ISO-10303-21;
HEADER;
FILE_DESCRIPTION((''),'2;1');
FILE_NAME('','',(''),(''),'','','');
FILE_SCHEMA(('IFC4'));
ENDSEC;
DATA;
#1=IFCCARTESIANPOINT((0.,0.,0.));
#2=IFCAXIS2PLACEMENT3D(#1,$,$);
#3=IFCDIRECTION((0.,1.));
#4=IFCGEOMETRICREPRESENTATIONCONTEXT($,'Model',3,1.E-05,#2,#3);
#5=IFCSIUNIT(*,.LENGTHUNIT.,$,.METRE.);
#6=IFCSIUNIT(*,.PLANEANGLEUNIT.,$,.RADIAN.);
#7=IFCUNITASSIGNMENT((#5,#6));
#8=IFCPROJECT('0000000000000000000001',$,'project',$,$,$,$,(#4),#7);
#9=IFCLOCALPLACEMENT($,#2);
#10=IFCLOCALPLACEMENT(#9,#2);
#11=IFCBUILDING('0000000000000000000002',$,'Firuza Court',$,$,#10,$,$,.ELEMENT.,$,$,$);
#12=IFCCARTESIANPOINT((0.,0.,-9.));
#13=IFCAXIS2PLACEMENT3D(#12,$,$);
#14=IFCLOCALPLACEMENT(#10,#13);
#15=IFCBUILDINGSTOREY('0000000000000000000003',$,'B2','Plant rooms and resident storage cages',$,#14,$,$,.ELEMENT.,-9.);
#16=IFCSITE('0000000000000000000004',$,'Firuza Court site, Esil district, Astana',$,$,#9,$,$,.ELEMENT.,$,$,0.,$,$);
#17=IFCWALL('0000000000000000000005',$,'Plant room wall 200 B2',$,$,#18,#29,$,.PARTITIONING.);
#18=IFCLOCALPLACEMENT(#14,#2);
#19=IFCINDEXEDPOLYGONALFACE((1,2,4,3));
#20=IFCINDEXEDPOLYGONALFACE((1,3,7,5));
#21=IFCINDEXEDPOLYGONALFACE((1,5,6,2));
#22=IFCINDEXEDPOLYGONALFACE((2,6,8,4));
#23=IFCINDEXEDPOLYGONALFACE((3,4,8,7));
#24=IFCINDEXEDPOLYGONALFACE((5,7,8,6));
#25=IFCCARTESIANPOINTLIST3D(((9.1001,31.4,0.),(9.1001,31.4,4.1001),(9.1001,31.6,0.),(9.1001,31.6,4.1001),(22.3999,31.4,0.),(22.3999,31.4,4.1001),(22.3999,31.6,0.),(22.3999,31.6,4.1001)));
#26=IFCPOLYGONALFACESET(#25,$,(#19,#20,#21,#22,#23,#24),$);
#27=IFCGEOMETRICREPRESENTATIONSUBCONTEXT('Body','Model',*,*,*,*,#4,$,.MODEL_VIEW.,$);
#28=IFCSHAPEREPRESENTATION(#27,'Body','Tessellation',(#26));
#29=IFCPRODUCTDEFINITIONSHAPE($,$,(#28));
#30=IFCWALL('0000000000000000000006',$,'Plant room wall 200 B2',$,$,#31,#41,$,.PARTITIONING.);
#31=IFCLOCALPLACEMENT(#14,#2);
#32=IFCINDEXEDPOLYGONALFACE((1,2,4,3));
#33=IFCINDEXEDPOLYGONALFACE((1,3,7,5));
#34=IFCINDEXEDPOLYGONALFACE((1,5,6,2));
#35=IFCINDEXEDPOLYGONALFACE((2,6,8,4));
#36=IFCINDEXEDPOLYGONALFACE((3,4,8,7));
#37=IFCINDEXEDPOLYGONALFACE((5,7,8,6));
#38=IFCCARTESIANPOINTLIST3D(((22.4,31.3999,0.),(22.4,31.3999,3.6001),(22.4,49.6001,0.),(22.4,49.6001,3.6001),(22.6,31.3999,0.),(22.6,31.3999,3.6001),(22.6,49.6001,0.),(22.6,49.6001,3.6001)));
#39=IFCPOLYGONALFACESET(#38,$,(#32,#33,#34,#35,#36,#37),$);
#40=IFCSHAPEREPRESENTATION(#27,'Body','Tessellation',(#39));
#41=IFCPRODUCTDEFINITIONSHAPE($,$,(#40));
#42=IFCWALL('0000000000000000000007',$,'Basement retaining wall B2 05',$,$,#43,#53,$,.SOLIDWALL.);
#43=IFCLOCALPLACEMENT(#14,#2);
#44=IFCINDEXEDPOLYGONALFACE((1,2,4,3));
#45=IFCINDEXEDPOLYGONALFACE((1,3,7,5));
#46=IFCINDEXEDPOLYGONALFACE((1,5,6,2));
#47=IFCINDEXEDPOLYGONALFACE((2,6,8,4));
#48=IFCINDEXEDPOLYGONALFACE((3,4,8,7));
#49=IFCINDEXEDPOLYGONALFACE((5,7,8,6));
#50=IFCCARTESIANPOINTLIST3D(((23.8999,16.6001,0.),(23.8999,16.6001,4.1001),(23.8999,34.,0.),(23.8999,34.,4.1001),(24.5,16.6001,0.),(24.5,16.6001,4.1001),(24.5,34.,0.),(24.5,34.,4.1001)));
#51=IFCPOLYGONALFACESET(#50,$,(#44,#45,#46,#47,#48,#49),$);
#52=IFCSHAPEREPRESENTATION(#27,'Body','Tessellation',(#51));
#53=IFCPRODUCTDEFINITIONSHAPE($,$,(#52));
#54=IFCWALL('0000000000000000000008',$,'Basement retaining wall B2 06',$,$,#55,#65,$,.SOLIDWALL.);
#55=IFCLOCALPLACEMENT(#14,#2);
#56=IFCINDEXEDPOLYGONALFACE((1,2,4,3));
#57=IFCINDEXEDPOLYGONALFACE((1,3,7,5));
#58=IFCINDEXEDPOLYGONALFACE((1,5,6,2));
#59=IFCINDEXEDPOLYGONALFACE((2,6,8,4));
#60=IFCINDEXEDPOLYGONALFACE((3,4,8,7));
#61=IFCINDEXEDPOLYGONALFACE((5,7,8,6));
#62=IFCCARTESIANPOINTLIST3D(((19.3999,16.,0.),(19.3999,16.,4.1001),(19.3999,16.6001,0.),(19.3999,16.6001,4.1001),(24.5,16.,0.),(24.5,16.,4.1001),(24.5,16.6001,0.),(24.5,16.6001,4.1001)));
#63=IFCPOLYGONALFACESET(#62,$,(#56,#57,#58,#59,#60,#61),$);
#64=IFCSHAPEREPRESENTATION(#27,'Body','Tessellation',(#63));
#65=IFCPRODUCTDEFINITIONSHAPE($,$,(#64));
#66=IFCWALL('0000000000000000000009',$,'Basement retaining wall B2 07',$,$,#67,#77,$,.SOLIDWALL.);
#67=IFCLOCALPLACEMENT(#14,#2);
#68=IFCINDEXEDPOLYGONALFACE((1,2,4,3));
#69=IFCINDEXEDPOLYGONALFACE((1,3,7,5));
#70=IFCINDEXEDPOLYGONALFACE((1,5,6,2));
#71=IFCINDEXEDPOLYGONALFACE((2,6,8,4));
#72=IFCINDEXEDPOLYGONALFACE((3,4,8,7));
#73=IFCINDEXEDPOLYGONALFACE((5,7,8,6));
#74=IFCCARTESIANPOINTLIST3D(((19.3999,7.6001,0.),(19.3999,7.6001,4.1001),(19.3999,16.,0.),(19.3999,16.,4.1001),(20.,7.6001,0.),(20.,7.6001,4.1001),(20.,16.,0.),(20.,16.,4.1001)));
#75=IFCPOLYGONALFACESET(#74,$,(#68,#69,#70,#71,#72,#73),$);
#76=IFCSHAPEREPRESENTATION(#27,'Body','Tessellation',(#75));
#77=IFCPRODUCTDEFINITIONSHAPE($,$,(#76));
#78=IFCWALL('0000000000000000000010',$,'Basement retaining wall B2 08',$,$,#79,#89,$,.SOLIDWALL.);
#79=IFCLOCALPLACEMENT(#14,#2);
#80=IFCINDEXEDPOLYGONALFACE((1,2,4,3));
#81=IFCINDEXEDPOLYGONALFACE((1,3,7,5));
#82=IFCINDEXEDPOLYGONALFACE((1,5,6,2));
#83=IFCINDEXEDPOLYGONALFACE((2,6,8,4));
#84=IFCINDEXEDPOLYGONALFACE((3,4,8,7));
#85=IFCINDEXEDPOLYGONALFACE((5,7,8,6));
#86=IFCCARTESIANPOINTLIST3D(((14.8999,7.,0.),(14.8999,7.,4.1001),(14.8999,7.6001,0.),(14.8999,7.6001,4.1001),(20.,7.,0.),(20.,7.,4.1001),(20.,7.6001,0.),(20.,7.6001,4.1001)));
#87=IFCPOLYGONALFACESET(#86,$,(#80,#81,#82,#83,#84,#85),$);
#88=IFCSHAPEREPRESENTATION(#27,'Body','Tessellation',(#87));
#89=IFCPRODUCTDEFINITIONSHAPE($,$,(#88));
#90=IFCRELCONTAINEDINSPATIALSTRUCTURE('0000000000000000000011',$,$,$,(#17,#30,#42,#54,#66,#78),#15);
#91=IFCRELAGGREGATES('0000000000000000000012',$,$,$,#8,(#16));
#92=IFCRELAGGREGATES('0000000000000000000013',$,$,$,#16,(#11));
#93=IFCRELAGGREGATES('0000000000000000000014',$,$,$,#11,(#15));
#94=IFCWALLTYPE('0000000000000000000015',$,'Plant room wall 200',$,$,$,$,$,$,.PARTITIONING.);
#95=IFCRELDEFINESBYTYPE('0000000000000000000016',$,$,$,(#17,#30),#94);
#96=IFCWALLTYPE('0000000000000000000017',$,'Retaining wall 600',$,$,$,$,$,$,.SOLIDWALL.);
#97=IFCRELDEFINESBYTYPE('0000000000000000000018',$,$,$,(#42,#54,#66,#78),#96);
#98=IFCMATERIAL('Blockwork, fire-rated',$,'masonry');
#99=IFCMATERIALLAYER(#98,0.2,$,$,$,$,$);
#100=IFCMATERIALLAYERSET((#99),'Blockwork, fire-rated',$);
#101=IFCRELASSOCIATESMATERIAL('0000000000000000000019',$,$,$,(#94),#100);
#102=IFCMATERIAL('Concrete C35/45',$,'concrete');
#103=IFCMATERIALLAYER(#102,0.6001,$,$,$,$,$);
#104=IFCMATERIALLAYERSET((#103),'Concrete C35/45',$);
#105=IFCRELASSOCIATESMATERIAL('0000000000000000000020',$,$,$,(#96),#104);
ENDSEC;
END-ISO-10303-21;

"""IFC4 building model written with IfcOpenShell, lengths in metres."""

from ifc_helpers import new_model, si_unit, direction, frame, frame_2d, origin, place, context, subcontext, project, spatial, rectangle, extrude, material, layer, layer_set, type_object, element, save


model = new_model("IFC4")

# Units and contexts
model_context = context("Model", 3, precision=1e-05, world=origin(), true_north=direction((0.0, 1.0)))
body_context = subcontext(model_context, "Body", "Model", "MODEL_VIEW")
ifc_project = project(units=[si_unit("LENGTHUNIT", "METRE"), si_unit("PLANEANGLEUNIT", "RADIAN")], contexts=[model_context])

# Site, building, storey
site_placement = place(None, origin())
site = spatial("IfcSite", under=ifc_project, at=site_placement, Name="Firuza Court site, Esil district, Astana", CompositionType="ELEMENT", RefElevation=0.0)
building_placement = place(site_placement, origin())
building = spatial("IfcBuilding", under=site, at=building_placement, Name="Firuza Court", CompositionType="ELEMENT")
storey_placement = place(building_placement, frame((0.0, 0.0, -9.0)))
storey = spatial("IfcBuildingStorey", under=building, at=storey_placement, Name="B2", Description="Plant rooms and resident storage cages", CompositionType="ELEMENT", Elevation=-9.0)

# Walls
ifc_material_1 = material(Name="Blockwork, fire-rated", Category="masonry")
ifc_layer_1 = layer(ifc_material_1, 0.2)
ifc_layer_set_1 = layer_set([ifc_layer_1], Name="Blockwork, fire-rated")
wall_type_1 = type_object("IfcWallType", Name="Plant room wall 200", PredefinedType="PARTITIONING", material=ifc_layer_set_1)
wall_1_placement = place(storey_placement, frame((22.3999, 31.5, 0.0), z_axis=(0.0, 0.0, 1.0), x_axis=(-1.0, 0.0, 0.0)))
element("IfcWall", 1, at=wall_1_placement, inside=storey, type_object=wall_type_1, Name="Plant room wall 200 B2", PredefinedType="PARTITIONING", context=body_context, shape_type="SweptSolid", body=[
    extrude(rectangle(XDim=13.2998, YDim=0.2, at=frame_2d((6.6499, 0.0))), origin(), (0.0, 0.0, 1.0), 4.1001),
])
wall_2_placement = place(storey_placement, frame((22.5, 31.3999, 0.0), z_axis=(0.0, 0.0, 1.0), x_axis=(0.0, 1.0, 0.0)))
element("IfcWall", 2, at=wall_2_placement, inside=storey, type_object=wall_type_1, Name="Plant room wall 200 B2", PredefinedType="PARTITIONING", context=body_context, shape_type="SweptSolid", body=[
    extrude(rectangle(XDim=18.2002, YDim=0.2, at=frame_2d((9.1001, 0.0))), origin(), (0.0, 0.0, 1.0), 3.6001),
])
ifc_material_2 = material(Name="Concrete C35/45", Category="concrete")
ifc_layer_2 = layer(ifc_material_2, 0.6001)
ifc_layer_set_2 = layer_set([ifc_layer_2], Name="Concrete C35/45")
wall_type_2 = type_object("IfcWallType", Name="Retaining wall 600", PredefinedType="SOLIDWALL", material=ifc_layer_set_2)
wall_3_placement = place(storey_placement, frame((24.2, 34.0, 0.0), z_axis=(0.0, 0.0, 1.0), x_axis=(0.0, -1.0, 0.0)))
element("IfcWall", 3, at=wall_3_placement, inside=storey, type_object=wall_type_2, Name="Basement retaining wall B2 05", PredefinedType="SOLIDWALL", context=body_context, shape_type="SweptSolid", body=[
    extrude(rectangle(XDim=17.3999, YDim=0.6001, at=frame_2d((8.7, 0.0))), origin(), (0.0, 0.0, 1.0), 4.1001),
])
wall_4_placement = place(storey_placement, frame((24.5, 16.3, 0.0), z_axis=(0.0, 0.0, 1.0), x_axis=(-1.0, 0.0, 0.0)))
element("IfcWall", 4, at=wall_4_placement, inside=storey, type_object=wall_type_2, Name="Basement retaining wall B2 06", PredefinedType="SOLIDWALL", context=body_context, shape_type="SweptSolid", body=[
    extrude(rectangle(XDim=5.1001, YDim=0.6001, at=frame_2d((2.55, 0.0))), origin(), (0.0, 0.0, 1.0), 4.1001),
])
wall_5_placement = place(storey_placement, frame((19.7, 16.0, 0.0), z_axis=(0.0, 0.0, 1.0), x_axis=(0.0, -1.0, 0.0)))
element("IfcWall", 5, at=wall_5_placement, inside=storey, type_object=wall_type_2, Name="Basement retaining wall B2 07", PredefinedType="SOLIDWALL", context=body_context, shape_type="SweptSolid", body=[
    extrude(rectangle(XDim=8.3999, YDim=0.6001, at=frame_2d((4.2, 0.0))), origin(), (0.0, 0.0, 1.0), 4.1001),
])
wall_6_placement = place(storey_placement, frame((20.0, 7.3, 0.0), z_axis=(0.0, 0.0, 1.0), x_axis=(-1.0, 0.0, 0.0)))
element("IfcWall", 6, at=wall_6_placement, inside=storey, type_object=wall_type_2, Name="Basement retaining wall B2 08", PredefinedType="SOLIDWALL", context=body_context, shape_type="SweptSolid", body=[
    extrude(rectangle(XDim=5.1001, YDim=0.6001, at=frame_2d((2.55, 0.0))), origin(), (0.0, 0.0, 1.0), 4.1001),
])

save(model, "model.ifc")
